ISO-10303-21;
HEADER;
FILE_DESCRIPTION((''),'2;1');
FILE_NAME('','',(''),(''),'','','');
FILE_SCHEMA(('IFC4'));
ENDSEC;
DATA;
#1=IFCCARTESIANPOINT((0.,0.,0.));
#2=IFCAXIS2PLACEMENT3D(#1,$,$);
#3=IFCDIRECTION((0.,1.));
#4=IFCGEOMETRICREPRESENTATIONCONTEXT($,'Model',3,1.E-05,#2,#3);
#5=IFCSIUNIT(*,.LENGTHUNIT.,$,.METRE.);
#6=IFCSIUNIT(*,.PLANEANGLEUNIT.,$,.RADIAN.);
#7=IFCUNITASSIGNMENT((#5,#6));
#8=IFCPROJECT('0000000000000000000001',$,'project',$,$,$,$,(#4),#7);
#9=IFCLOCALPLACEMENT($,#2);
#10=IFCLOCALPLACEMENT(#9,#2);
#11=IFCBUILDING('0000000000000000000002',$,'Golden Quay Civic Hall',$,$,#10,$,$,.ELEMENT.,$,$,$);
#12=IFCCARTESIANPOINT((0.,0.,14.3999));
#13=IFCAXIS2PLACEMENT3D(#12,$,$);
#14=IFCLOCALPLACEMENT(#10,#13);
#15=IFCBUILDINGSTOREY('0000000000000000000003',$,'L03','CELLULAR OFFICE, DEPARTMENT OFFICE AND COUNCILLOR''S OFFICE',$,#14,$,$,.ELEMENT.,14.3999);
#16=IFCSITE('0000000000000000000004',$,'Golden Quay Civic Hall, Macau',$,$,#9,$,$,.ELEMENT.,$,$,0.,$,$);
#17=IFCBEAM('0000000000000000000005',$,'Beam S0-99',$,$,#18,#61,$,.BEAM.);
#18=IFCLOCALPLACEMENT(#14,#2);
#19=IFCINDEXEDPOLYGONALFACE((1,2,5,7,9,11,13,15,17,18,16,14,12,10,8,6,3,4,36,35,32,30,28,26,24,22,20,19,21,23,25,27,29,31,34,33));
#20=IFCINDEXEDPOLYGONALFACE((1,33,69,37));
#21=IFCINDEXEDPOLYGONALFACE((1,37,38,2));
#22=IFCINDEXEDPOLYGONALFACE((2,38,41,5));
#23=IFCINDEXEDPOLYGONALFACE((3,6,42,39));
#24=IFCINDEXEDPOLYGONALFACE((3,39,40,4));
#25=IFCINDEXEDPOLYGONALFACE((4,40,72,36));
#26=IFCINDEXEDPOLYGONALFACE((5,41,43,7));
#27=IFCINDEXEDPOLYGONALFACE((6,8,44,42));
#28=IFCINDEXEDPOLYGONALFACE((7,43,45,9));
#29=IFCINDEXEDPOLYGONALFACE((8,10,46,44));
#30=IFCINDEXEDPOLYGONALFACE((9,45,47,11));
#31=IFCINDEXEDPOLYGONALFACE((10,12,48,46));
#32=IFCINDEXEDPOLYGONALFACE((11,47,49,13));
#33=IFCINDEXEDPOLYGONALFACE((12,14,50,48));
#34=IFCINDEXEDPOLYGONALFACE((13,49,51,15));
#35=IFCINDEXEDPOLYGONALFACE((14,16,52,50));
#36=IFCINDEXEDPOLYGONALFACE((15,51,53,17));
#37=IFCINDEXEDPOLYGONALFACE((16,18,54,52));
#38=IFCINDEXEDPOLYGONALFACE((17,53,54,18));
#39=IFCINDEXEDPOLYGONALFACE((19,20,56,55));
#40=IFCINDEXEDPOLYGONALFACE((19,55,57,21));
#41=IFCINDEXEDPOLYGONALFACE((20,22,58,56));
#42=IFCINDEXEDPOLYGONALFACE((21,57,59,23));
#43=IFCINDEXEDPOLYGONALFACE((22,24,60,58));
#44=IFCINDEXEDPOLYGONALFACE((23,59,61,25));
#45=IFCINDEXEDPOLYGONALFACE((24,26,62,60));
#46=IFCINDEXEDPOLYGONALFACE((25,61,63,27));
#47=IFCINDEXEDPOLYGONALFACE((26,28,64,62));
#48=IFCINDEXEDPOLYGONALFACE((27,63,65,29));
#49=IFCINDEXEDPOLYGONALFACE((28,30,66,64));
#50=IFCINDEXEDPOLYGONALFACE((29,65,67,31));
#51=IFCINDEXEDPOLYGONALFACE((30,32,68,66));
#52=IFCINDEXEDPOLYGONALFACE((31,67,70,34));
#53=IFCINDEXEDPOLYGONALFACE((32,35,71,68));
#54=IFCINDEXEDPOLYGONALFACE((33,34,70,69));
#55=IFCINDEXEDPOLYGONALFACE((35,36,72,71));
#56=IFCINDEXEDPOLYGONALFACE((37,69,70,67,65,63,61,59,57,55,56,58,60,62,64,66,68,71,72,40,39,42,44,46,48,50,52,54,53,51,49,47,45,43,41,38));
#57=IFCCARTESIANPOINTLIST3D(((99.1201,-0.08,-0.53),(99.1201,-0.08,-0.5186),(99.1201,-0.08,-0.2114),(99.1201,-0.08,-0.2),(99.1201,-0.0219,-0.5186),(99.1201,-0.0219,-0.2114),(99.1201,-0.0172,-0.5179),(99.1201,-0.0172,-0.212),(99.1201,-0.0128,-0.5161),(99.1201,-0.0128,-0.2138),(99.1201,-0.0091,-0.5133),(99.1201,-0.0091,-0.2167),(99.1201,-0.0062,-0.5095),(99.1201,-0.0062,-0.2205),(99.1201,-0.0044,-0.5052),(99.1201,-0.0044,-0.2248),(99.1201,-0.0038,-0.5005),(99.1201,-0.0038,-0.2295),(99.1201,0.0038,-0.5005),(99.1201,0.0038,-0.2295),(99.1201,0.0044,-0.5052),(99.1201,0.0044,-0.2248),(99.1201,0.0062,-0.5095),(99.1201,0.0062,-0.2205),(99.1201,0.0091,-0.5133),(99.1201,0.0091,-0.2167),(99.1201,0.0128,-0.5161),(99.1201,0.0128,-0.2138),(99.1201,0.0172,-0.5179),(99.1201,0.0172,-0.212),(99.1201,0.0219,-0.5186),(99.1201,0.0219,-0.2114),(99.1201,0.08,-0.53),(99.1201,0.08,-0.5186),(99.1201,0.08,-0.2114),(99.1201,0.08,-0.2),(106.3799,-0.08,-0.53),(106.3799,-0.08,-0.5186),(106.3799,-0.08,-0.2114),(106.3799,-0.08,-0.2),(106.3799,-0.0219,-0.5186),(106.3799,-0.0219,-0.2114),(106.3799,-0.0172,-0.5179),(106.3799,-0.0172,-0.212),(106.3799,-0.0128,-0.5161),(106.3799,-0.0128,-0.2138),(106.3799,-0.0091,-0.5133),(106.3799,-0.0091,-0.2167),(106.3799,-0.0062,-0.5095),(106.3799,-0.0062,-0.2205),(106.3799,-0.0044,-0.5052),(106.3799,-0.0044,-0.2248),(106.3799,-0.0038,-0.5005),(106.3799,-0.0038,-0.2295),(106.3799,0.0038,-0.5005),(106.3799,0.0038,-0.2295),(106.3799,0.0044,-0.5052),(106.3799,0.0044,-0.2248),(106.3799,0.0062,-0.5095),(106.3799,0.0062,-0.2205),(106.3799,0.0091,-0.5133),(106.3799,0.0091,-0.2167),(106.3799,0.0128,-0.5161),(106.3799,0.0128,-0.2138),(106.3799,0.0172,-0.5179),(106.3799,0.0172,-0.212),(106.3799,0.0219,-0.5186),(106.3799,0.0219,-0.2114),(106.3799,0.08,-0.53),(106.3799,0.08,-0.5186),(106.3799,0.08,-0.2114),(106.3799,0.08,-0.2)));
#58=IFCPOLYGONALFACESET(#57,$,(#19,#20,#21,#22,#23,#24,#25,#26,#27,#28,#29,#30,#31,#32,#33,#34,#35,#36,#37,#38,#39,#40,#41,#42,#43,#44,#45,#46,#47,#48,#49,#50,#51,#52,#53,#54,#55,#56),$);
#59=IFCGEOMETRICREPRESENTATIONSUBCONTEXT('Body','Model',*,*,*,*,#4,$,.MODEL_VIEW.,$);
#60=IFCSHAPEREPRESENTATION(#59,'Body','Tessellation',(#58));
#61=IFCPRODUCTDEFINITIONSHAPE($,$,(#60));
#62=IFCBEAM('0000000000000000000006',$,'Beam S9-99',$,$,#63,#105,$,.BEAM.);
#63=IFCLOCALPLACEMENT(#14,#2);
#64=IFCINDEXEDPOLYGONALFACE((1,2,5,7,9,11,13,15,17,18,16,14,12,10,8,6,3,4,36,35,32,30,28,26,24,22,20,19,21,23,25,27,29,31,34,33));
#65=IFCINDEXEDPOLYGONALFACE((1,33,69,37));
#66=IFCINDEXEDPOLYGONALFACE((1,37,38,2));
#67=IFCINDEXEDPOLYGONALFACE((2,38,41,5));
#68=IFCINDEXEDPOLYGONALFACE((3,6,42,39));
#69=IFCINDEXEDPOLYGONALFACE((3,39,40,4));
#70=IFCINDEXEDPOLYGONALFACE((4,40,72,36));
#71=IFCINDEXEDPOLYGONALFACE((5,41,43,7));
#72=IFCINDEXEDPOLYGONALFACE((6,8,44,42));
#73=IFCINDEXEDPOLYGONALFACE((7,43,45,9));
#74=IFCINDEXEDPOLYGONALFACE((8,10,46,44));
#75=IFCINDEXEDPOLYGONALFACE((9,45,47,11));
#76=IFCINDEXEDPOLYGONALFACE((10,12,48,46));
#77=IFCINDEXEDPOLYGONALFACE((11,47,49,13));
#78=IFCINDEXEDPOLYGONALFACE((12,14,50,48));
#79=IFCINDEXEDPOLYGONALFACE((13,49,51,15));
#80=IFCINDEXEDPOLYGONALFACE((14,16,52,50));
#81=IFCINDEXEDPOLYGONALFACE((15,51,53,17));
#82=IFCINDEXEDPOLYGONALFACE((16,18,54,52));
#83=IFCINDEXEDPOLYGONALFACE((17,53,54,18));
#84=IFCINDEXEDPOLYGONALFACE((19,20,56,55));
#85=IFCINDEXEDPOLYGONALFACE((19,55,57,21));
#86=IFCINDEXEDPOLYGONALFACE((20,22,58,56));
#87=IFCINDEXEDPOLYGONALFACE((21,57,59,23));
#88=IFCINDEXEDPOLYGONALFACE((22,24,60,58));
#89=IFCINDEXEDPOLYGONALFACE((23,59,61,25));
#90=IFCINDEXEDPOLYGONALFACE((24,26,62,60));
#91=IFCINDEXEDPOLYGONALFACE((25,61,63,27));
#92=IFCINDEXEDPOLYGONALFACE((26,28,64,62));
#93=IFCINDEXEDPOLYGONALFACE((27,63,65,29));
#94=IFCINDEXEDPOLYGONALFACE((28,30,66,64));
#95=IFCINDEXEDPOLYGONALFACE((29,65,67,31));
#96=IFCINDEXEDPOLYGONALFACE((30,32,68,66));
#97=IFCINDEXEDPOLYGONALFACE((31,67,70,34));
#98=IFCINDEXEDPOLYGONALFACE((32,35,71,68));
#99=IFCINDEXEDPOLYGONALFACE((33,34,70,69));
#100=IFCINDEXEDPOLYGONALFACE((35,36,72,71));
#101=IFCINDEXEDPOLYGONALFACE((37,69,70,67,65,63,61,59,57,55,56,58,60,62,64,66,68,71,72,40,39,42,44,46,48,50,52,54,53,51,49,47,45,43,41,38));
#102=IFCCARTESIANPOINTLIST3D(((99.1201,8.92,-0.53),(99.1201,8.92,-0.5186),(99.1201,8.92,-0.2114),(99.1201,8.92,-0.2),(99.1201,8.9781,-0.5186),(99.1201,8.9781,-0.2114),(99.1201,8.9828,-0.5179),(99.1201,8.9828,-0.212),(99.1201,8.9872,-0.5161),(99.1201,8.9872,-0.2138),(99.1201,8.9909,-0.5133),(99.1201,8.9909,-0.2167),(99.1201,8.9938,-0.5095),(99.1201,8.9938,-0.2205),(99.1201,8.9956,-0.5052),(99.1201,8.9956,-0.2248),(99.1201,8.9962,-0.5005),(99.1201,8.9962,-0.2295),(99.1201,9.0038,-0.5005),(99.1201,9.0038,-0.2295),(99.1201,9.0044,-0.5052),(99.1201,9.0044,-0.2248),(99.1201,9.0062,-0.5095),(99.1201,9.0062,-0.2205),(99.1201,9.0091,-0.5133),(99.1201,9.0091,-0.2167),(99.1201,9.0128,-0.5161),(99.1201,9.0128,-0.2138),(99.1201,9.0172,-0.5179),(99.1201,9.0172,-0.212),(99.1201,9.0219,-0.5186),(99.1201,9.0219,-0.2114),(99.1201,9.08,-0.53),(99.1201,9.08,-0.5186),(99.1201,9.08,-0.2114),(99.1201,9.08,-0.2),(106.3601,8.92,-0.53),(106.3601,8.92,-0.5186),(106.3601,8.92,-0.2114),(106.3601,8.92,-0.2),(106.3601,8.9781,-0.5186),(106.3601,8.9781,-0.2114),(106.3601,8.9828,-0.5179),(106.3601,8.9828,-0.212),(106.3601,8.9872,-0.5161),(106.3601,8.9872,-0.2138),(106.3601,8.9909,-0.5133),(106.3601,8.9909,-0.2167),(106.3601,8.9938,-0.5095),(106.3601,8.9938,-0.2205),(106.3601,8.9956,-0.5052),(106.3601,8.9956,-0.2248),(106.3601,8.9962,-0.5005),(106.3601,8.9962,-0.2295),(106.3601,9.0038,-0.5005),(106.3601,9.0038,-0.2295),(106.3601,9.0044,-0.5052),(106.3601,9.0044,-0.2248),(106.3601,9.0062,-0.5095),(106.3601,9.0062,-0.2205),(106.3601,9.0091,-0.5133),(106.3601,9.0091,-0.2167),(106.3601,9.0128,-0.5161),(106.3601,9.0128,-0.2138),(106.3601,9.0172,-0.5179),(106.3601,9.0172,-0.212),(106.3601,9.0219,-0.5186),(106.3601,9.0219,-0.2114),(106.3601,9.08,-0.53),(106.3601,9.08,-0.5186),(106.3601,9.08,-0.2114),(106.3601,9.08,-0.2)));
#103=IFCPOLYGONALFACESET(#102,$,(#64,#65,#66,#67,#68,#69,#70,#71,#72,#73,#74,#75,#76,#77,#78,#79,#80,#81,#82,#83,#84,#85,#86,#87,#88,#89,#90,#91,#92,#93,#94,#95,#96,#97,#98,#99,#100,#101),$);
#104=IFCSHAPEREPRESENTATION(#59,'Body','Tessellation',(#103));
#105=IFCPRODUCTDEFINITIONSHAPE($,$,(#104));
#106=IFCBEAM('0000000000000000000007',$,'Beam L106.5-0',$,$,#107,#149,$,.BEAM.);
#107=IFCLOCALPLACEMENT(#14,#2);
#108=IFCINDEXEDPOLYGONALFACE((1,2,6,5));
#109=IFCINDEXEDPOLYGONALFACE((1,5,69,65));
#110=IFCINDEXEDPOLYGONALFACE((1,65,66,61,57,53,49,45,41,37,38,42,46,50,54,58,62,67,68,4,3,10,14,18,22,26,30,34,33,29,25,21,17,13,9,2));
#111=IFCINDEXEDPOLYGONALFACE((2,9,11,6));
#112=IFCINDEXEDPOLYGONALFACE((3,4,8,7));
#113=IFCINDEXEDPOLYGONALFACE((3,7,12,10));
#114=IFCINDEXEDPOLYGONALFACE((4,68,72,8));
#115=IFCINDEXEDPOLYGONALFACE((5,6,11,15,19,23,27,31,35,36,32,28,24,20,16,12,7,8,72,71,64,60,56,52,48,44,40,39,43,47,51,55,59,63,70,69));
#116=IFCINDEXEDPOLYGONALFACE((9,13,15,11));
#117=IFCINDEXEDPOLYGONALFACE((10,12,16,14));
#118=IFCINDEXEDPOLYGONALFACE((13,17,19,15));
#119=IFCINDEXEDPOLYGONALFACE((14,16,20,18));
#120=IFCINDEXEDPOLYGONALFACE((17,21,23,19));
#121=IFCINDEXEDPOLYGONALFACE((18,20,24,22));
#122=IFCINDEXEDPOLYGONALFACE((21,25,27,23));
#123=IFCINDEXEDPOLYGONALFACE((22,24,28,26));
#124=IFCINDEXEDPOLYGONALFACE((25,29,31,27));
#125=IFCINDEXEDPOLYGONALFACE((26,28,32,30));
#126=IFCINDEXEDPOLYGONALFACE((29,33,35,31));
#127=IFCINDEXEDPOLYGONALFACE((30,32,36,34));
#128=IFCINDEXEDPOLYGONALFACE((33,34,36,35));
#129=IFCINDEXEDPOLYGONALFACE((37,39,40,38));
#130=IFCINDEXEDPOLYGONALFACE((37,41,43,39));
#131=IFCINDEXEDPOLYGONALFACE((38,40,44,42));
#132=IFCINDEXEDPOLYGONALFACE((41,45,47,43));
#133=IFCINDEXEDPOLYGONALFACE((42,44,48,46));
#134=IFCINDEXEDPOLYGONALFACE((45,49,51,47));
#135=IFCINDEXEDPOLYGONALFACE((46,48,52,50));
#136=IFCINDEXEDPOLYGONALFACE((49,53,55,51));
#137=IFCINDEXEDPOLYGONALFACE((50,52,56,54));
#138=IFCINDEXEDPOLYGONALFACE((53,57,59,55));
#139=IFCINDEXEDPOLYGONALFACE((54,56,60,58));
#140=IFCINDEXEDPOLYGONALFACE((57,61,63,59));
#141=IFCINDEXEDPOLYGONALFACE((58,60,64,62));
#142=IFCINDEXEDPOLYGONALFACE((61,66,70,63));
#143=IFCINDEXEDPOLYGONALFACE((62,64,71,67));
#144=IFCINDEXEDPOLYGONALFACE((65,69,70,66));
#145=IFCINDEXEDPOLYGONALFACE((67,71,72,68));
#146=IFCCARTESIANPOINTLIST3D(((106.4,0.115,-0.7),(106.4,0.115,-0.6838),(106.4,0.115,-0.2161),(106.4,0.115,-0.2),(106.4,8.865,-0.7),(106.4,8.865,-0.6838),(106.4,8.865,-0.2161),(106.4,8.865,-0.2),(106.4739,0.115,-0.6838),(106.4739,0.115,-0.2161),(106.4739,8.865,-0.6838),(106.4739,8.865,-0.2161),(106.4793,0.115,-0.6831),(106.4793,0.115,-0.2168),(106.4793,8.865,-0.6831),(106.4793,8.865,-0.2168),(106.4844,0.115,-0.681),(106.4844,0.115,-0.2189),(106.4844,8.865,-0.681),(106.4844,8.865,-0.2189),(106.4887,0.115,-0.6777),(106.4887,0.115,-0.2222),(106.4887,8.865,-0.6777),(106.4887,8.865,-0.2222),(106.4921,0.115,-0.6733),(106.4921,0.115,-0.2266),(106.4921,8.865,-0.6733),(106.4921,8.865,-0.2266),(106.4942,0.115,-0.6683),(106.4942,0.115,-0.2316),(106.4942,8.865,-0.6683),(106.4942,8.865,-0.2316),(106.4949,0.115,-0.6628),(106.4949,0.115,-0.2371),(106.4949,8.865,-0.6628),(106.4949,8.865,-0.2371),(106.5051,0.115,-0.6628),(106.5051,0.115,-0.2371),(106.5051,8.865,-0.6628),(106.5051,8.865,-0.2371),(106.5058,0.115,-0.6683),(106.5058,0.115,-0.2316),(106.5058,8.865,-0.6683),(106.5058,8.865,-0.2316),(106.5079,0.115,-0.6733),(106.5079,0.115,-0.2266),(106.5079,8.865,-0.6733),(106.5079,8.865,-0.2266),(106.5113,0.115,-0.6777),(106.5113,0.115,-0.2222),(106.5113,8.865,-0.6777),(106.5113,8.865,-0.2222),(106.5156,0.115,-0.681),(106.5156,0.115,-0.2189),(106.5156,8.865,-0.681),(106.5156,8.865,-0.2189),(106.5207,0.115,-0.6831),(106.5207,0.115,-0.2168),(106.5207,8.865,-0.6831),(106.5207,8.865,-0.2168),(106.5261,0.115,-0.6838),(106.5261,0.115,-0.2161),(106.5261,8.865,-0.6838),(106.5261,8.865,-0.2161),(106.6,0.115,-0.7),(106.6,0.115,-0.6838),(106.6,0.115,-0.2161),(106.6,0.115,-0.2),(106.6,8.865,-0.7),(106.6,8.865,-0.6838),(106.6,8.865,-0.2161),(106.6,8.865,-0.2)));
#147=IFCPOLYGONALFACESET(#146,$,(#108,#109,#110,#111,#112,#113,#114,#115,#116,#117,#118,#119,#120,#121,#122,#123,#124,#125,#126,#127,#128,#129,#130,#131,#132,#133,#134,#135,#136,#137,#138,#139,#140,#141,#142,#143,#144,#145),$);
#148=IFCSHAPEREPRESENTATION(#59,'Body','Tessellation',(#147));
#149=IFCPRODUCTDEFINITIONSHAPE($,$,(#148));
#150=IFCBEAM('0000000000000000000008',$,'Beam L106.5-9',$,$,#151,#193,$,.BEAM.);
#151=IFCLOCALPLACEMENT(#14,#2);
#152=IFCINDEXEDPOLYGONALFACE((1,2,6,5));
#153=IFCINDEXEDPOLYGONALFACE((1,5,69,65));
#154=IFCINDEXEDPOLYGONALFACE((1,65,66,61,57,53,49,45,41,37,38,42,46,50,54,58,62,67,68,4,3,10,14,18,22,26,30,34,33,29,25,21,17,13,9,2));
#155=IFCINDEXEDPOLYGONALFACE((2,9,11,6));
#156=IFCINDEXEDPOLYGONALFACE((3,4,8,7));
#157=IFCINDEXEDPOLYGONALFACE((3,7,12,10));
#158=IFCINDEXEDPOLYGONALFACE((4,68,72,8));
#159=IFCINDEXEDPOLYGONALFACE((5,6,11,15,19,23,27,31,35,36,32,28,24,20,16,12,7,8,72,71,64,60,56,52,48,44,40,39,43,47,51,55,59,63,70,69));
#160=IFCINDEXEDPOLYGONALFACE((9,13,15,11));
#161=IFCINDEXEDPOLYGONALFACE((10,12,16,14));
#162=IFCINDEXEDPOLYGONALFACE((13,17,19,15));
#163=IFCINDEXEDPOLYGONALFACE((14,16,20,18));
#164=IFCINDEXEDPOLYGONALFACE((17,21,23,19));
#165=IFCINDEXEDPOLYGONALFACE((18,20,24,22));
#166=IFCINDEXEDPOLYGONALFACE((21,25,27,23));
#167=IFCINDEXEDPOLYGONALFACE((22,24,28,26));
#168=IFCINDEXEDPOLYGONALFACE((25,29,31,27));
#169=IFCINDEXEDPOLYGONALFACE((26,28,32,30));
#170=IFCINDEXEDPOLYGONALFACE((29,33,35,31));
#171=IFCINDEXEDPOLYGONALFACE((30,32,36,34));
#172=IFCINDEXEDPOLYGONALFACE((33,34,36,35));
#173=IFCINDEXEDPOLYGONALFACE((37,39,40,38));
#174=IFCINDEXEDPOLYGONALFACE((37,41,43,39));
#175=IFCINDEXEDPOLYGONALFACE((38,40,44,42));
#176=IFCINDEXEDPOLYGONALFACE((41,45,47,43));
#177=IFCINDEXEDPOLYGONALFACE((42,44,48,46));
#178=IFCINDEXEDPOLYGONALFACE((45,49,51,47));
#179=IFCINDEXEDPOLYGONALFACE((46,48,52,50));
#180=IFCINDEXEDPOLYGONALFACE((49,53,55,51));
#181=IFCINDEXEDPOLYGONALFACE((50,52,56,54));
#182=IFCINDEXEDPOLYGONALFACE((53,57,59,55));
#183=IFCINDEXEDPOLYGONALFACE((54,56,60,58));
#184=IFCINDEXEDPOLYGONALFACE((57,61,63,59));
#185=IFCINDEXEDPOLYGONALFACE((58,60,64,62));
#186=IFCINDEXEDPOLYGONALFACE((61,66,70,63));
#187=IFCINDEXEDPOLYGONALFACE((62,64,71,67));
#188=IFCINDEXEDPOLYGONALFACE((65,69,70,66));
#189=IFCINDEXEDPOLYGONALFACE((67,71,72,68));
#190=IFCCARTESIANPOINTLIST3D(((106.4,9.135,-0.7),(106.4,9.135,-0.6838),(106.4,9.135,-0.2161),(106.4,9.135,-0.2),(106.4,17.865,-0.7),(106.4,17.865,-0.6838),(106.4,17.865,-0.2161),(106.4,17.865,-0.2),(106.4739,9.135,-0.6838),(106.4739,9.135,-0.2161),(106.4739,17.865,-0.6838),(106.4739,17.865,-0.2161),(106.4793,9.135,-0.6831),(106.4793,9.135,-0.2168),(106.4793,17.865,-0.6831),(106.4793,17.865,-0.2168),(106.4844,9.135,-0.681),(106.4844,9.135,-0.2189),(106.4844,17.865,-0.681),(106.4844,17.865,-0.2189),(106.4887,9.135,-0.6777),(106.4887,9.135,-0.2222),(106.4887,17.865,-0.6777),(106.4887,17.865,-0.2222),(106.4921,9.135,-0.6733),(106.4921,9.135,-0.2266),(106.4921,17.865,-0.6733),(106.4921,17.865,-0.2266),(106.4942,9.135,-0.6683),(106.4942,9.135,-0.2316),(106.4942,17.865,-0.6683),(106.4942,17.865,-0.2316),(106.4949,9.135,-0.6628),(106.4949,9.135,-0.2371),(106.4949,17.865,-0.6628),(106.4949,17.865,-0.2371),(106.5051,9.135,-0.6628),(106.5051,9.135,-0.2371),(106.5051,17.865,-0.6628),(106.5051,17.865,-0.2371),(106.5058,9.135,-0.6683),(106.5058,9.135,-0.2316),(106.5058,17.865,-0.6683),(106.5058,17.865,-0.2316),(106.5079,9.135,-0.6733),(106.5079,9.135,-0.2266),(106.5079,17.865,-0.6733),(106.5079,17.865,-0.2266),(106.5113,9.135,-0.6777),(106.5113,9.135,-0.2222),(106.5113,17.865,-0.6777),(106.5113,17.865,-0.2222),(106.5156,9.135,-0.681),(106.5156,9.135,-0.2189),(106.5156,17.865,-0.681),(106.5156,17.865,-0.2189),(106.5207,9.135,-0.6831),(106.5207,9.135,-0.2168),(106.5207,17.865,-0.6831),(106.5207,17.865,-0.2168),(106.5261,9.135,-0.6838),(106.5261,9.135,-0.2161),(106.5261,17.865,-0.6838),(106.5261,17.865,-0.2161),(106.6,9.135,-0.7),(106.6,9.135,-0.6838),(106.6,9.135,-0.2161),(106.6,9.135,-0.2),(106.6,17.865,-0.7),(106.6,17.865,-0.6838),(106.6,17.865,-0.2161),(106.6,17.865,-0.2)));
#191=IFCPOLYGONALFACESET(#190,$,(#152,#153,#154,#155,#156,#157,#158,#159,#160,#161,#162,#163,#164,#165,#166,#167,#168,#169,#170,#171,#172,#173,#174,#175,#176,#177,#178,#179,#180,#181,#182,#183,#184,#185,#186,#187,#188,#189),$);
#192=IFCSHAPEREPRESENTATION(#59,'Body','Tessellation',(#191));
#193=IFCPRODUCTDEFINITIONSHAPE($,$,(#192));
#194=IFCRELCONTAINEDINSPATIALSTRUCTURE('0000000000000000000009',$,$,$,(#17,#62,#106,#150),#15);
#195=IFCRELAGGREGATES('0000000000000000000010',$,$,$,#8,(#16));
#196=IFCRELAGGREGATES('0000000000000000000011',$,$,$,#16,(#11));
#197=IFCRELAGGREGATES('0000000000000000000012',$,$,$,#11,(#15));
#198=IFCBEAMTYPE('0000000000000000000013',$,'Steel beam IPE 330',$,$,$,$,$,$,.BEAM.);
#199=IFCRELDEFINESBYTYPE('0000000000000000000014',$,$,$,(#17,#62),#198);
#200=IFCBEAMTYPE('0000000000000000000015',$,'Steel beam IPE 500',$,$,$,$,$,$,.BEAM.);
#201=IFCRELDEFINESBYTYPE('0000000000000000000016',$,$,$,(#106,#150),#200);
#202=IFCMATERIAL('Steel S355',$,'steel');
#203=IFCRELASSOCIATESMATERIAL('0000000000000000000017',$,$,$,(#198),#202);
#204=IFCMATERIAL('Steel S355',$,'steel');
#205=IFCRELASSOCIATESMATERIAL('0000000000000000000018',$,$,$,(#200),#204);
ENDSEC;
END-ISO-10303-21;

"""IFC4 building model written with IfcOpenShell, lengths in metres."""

from ifc_helpers import new_model, si_unit, direction, frame, origin, origin_2d, place, context, subcontext, project, spatial, i_section, extrude, material, material_profile, profile_set, type_object, element, save


model = new_model("IFC4")

# Units and contexts
model_context = context("Model", 3, precision=1e-05, world=origin(), true_north=direction((0.0, 1.0)))
body_context = subcontext(model_context, "Body", "Model", "MODEL_VIEW")
ifc_project = project(units=[si_unit("LENGTHUNIT", "METRE"), si_unit("PLANEANGLEUNIT", "RADIAN")], contexts=[model_context])

# Site, building, storey
site_placement = place(None, origin())
site = spatial("IfcSite", under=ifc_project, at=site_placement, Name="Golden Quay Civic Hall, Macau", CompositionType="ELEMENT", RefElevation=0.0)
building_placement = place(site_placement, origin())
building = spatial("IfcBuilding", under=site, at=building_placement, Name="Golden Quay Civic Hall", CompositionType="ELEMENT")
storey_placement = place(building_placement, frame((0.0, 0.0, 14.3999)))
storey = spatial("IfcBuildingStorey", under=building, at=storey_placement, Name="L03", Description="CELLULAR OFFICE, DEPARTMENT OFFICE AND COUNCILLOR'S OFFICE", CompositionType="ELEMENT", Elevation=14.3999)

# Beams
ifc_material_1 = material(Name="Steel S355", Category="steel")
ifc_material_profile_1 = material_profile(ifc_material_1, i_section(OverallWidth=0.1599, OverallDepth=0.3301, WebThickness=0.0076, FlangeThickness=0.0115, FilletRadius=0.0181, at=origin_2d()), Name="IPE 330")
ifc_profile_set_1 = profile_set([ifc_material_profile_1], Name="Steel S355")
beam_type_1 = type_object("IfcBeamType", Name="Steel beam IPE 330", PredefinedType="BEAM", material=ifc_profile_set_1)
beam_1_placement = place(storey_placement, frame((99.1201, 0.0, -0.365), z_axis=(1.0, 0.0, 0.0), x_axis=(0.0, 1.0, 0.0)))
element("IfcBeam", 1, at=beam_1_placement, inside=storey, type_object=beam_type_1, Name="Beam S0-99", PredefinedType="BEAM", context=body_context, shape_type="SweptSolid", body=[
    extrude(i_section(OverallWidth=0.1599, OverallDepth=0.3301, WebThickness=0.0076, FlangeThickness=0.0115, FilletRadius=0.0181, at=origin_2d()), origin(), (0.0, 0.0, 1.0), 7.2598),
])
beam_2_placement = place(storey_placement, frame((99.1201, 9.0, -0.365), z_axis=(1.0, 0.0, 0.0), x_axis=(0.0, 1.0, 0.0)))
element("IfcBeam", 2, at=beam_2_placement, inside=storey, type_object=beam_type_1, Name="Beam S9-99", PredefinedType="BEAM", context=body_context, shape_type="SweptSolid", body=[
    extrude(i_section(OverallWidth=0.1599, OverallDepth=0.3301, WebThickness=0.0076, FlangeThickness=0.0115, FilletRadius=0.0181, at=origin_2d()), origin(), (0.0, 0.0, 1.0), 7.24),
])
ifc_material_2 = material(Name="Steel S355", Category="steel")
ifc_material_profile_2 = material_profile(ifc_material_2, i_section(OverallWidth=0.2, OverallDepth=0.5, WebThickness=0.0103, FlangeThickness=0.0161, FilletRadius=0.021, at=origin_2d()), Name="IPE 500")
ifc_profile_set_2 = profile_set([ifc_material_profile_2], Name="Steel S355")
beam_type_2 = type_object("IfcBeamType", Name="Steel beam IPE 500", PredefinedType="BEAM", material=ifc_profile_set_2)
beam_3_placement = place(storey_placement, frame((106.5, 0.115, -0.45), z_axis=(0.0, 1.0, 0.0), x_axis=(-1.0, 0.0, 0.0)))
element("IfcBeam", 3, at=beam_3_placement, inside=storey, type_object=beam_type_2, Name="Beam L106.5-0", PredefinedType="BEAM", context=body_context, shape_type="SweptSolid", body=[
    extrude(i_section(OverallWidth=0.2, OverallDepth=0.5, WebThickness=0.0103, FlangeThickness=0.0161, FilletRadius=0.021, at=origin_2d()), origin(), (0.0, 0.0, 1.0), 8.75),
])
beam_4_placement = place(storey_placement, frame((106.5, 9.135, -0.45), z_axis=(0.0, 1.0, 0.0), x_axis=(-1.0, 0.0, 0.0)))
element("IfcBeam", 4, at=beam_4_placement, inside=storey, type_object=beam_type_2, Name="Beam L106.5-9", PredefinedType="BEAM", context=body_context, shape_type="SweptSolid", body=[
    extrude(i_section(OverallWidth=0.2, OverallDepth=0.5, WebThickness=0.0103, FlangeThickness=0.0161, FilletRadius=0.021, at=origin_2d()), origin(), (0.0, 0.0, 1.0), 8.73),
])

save(model, "model.ifc")
